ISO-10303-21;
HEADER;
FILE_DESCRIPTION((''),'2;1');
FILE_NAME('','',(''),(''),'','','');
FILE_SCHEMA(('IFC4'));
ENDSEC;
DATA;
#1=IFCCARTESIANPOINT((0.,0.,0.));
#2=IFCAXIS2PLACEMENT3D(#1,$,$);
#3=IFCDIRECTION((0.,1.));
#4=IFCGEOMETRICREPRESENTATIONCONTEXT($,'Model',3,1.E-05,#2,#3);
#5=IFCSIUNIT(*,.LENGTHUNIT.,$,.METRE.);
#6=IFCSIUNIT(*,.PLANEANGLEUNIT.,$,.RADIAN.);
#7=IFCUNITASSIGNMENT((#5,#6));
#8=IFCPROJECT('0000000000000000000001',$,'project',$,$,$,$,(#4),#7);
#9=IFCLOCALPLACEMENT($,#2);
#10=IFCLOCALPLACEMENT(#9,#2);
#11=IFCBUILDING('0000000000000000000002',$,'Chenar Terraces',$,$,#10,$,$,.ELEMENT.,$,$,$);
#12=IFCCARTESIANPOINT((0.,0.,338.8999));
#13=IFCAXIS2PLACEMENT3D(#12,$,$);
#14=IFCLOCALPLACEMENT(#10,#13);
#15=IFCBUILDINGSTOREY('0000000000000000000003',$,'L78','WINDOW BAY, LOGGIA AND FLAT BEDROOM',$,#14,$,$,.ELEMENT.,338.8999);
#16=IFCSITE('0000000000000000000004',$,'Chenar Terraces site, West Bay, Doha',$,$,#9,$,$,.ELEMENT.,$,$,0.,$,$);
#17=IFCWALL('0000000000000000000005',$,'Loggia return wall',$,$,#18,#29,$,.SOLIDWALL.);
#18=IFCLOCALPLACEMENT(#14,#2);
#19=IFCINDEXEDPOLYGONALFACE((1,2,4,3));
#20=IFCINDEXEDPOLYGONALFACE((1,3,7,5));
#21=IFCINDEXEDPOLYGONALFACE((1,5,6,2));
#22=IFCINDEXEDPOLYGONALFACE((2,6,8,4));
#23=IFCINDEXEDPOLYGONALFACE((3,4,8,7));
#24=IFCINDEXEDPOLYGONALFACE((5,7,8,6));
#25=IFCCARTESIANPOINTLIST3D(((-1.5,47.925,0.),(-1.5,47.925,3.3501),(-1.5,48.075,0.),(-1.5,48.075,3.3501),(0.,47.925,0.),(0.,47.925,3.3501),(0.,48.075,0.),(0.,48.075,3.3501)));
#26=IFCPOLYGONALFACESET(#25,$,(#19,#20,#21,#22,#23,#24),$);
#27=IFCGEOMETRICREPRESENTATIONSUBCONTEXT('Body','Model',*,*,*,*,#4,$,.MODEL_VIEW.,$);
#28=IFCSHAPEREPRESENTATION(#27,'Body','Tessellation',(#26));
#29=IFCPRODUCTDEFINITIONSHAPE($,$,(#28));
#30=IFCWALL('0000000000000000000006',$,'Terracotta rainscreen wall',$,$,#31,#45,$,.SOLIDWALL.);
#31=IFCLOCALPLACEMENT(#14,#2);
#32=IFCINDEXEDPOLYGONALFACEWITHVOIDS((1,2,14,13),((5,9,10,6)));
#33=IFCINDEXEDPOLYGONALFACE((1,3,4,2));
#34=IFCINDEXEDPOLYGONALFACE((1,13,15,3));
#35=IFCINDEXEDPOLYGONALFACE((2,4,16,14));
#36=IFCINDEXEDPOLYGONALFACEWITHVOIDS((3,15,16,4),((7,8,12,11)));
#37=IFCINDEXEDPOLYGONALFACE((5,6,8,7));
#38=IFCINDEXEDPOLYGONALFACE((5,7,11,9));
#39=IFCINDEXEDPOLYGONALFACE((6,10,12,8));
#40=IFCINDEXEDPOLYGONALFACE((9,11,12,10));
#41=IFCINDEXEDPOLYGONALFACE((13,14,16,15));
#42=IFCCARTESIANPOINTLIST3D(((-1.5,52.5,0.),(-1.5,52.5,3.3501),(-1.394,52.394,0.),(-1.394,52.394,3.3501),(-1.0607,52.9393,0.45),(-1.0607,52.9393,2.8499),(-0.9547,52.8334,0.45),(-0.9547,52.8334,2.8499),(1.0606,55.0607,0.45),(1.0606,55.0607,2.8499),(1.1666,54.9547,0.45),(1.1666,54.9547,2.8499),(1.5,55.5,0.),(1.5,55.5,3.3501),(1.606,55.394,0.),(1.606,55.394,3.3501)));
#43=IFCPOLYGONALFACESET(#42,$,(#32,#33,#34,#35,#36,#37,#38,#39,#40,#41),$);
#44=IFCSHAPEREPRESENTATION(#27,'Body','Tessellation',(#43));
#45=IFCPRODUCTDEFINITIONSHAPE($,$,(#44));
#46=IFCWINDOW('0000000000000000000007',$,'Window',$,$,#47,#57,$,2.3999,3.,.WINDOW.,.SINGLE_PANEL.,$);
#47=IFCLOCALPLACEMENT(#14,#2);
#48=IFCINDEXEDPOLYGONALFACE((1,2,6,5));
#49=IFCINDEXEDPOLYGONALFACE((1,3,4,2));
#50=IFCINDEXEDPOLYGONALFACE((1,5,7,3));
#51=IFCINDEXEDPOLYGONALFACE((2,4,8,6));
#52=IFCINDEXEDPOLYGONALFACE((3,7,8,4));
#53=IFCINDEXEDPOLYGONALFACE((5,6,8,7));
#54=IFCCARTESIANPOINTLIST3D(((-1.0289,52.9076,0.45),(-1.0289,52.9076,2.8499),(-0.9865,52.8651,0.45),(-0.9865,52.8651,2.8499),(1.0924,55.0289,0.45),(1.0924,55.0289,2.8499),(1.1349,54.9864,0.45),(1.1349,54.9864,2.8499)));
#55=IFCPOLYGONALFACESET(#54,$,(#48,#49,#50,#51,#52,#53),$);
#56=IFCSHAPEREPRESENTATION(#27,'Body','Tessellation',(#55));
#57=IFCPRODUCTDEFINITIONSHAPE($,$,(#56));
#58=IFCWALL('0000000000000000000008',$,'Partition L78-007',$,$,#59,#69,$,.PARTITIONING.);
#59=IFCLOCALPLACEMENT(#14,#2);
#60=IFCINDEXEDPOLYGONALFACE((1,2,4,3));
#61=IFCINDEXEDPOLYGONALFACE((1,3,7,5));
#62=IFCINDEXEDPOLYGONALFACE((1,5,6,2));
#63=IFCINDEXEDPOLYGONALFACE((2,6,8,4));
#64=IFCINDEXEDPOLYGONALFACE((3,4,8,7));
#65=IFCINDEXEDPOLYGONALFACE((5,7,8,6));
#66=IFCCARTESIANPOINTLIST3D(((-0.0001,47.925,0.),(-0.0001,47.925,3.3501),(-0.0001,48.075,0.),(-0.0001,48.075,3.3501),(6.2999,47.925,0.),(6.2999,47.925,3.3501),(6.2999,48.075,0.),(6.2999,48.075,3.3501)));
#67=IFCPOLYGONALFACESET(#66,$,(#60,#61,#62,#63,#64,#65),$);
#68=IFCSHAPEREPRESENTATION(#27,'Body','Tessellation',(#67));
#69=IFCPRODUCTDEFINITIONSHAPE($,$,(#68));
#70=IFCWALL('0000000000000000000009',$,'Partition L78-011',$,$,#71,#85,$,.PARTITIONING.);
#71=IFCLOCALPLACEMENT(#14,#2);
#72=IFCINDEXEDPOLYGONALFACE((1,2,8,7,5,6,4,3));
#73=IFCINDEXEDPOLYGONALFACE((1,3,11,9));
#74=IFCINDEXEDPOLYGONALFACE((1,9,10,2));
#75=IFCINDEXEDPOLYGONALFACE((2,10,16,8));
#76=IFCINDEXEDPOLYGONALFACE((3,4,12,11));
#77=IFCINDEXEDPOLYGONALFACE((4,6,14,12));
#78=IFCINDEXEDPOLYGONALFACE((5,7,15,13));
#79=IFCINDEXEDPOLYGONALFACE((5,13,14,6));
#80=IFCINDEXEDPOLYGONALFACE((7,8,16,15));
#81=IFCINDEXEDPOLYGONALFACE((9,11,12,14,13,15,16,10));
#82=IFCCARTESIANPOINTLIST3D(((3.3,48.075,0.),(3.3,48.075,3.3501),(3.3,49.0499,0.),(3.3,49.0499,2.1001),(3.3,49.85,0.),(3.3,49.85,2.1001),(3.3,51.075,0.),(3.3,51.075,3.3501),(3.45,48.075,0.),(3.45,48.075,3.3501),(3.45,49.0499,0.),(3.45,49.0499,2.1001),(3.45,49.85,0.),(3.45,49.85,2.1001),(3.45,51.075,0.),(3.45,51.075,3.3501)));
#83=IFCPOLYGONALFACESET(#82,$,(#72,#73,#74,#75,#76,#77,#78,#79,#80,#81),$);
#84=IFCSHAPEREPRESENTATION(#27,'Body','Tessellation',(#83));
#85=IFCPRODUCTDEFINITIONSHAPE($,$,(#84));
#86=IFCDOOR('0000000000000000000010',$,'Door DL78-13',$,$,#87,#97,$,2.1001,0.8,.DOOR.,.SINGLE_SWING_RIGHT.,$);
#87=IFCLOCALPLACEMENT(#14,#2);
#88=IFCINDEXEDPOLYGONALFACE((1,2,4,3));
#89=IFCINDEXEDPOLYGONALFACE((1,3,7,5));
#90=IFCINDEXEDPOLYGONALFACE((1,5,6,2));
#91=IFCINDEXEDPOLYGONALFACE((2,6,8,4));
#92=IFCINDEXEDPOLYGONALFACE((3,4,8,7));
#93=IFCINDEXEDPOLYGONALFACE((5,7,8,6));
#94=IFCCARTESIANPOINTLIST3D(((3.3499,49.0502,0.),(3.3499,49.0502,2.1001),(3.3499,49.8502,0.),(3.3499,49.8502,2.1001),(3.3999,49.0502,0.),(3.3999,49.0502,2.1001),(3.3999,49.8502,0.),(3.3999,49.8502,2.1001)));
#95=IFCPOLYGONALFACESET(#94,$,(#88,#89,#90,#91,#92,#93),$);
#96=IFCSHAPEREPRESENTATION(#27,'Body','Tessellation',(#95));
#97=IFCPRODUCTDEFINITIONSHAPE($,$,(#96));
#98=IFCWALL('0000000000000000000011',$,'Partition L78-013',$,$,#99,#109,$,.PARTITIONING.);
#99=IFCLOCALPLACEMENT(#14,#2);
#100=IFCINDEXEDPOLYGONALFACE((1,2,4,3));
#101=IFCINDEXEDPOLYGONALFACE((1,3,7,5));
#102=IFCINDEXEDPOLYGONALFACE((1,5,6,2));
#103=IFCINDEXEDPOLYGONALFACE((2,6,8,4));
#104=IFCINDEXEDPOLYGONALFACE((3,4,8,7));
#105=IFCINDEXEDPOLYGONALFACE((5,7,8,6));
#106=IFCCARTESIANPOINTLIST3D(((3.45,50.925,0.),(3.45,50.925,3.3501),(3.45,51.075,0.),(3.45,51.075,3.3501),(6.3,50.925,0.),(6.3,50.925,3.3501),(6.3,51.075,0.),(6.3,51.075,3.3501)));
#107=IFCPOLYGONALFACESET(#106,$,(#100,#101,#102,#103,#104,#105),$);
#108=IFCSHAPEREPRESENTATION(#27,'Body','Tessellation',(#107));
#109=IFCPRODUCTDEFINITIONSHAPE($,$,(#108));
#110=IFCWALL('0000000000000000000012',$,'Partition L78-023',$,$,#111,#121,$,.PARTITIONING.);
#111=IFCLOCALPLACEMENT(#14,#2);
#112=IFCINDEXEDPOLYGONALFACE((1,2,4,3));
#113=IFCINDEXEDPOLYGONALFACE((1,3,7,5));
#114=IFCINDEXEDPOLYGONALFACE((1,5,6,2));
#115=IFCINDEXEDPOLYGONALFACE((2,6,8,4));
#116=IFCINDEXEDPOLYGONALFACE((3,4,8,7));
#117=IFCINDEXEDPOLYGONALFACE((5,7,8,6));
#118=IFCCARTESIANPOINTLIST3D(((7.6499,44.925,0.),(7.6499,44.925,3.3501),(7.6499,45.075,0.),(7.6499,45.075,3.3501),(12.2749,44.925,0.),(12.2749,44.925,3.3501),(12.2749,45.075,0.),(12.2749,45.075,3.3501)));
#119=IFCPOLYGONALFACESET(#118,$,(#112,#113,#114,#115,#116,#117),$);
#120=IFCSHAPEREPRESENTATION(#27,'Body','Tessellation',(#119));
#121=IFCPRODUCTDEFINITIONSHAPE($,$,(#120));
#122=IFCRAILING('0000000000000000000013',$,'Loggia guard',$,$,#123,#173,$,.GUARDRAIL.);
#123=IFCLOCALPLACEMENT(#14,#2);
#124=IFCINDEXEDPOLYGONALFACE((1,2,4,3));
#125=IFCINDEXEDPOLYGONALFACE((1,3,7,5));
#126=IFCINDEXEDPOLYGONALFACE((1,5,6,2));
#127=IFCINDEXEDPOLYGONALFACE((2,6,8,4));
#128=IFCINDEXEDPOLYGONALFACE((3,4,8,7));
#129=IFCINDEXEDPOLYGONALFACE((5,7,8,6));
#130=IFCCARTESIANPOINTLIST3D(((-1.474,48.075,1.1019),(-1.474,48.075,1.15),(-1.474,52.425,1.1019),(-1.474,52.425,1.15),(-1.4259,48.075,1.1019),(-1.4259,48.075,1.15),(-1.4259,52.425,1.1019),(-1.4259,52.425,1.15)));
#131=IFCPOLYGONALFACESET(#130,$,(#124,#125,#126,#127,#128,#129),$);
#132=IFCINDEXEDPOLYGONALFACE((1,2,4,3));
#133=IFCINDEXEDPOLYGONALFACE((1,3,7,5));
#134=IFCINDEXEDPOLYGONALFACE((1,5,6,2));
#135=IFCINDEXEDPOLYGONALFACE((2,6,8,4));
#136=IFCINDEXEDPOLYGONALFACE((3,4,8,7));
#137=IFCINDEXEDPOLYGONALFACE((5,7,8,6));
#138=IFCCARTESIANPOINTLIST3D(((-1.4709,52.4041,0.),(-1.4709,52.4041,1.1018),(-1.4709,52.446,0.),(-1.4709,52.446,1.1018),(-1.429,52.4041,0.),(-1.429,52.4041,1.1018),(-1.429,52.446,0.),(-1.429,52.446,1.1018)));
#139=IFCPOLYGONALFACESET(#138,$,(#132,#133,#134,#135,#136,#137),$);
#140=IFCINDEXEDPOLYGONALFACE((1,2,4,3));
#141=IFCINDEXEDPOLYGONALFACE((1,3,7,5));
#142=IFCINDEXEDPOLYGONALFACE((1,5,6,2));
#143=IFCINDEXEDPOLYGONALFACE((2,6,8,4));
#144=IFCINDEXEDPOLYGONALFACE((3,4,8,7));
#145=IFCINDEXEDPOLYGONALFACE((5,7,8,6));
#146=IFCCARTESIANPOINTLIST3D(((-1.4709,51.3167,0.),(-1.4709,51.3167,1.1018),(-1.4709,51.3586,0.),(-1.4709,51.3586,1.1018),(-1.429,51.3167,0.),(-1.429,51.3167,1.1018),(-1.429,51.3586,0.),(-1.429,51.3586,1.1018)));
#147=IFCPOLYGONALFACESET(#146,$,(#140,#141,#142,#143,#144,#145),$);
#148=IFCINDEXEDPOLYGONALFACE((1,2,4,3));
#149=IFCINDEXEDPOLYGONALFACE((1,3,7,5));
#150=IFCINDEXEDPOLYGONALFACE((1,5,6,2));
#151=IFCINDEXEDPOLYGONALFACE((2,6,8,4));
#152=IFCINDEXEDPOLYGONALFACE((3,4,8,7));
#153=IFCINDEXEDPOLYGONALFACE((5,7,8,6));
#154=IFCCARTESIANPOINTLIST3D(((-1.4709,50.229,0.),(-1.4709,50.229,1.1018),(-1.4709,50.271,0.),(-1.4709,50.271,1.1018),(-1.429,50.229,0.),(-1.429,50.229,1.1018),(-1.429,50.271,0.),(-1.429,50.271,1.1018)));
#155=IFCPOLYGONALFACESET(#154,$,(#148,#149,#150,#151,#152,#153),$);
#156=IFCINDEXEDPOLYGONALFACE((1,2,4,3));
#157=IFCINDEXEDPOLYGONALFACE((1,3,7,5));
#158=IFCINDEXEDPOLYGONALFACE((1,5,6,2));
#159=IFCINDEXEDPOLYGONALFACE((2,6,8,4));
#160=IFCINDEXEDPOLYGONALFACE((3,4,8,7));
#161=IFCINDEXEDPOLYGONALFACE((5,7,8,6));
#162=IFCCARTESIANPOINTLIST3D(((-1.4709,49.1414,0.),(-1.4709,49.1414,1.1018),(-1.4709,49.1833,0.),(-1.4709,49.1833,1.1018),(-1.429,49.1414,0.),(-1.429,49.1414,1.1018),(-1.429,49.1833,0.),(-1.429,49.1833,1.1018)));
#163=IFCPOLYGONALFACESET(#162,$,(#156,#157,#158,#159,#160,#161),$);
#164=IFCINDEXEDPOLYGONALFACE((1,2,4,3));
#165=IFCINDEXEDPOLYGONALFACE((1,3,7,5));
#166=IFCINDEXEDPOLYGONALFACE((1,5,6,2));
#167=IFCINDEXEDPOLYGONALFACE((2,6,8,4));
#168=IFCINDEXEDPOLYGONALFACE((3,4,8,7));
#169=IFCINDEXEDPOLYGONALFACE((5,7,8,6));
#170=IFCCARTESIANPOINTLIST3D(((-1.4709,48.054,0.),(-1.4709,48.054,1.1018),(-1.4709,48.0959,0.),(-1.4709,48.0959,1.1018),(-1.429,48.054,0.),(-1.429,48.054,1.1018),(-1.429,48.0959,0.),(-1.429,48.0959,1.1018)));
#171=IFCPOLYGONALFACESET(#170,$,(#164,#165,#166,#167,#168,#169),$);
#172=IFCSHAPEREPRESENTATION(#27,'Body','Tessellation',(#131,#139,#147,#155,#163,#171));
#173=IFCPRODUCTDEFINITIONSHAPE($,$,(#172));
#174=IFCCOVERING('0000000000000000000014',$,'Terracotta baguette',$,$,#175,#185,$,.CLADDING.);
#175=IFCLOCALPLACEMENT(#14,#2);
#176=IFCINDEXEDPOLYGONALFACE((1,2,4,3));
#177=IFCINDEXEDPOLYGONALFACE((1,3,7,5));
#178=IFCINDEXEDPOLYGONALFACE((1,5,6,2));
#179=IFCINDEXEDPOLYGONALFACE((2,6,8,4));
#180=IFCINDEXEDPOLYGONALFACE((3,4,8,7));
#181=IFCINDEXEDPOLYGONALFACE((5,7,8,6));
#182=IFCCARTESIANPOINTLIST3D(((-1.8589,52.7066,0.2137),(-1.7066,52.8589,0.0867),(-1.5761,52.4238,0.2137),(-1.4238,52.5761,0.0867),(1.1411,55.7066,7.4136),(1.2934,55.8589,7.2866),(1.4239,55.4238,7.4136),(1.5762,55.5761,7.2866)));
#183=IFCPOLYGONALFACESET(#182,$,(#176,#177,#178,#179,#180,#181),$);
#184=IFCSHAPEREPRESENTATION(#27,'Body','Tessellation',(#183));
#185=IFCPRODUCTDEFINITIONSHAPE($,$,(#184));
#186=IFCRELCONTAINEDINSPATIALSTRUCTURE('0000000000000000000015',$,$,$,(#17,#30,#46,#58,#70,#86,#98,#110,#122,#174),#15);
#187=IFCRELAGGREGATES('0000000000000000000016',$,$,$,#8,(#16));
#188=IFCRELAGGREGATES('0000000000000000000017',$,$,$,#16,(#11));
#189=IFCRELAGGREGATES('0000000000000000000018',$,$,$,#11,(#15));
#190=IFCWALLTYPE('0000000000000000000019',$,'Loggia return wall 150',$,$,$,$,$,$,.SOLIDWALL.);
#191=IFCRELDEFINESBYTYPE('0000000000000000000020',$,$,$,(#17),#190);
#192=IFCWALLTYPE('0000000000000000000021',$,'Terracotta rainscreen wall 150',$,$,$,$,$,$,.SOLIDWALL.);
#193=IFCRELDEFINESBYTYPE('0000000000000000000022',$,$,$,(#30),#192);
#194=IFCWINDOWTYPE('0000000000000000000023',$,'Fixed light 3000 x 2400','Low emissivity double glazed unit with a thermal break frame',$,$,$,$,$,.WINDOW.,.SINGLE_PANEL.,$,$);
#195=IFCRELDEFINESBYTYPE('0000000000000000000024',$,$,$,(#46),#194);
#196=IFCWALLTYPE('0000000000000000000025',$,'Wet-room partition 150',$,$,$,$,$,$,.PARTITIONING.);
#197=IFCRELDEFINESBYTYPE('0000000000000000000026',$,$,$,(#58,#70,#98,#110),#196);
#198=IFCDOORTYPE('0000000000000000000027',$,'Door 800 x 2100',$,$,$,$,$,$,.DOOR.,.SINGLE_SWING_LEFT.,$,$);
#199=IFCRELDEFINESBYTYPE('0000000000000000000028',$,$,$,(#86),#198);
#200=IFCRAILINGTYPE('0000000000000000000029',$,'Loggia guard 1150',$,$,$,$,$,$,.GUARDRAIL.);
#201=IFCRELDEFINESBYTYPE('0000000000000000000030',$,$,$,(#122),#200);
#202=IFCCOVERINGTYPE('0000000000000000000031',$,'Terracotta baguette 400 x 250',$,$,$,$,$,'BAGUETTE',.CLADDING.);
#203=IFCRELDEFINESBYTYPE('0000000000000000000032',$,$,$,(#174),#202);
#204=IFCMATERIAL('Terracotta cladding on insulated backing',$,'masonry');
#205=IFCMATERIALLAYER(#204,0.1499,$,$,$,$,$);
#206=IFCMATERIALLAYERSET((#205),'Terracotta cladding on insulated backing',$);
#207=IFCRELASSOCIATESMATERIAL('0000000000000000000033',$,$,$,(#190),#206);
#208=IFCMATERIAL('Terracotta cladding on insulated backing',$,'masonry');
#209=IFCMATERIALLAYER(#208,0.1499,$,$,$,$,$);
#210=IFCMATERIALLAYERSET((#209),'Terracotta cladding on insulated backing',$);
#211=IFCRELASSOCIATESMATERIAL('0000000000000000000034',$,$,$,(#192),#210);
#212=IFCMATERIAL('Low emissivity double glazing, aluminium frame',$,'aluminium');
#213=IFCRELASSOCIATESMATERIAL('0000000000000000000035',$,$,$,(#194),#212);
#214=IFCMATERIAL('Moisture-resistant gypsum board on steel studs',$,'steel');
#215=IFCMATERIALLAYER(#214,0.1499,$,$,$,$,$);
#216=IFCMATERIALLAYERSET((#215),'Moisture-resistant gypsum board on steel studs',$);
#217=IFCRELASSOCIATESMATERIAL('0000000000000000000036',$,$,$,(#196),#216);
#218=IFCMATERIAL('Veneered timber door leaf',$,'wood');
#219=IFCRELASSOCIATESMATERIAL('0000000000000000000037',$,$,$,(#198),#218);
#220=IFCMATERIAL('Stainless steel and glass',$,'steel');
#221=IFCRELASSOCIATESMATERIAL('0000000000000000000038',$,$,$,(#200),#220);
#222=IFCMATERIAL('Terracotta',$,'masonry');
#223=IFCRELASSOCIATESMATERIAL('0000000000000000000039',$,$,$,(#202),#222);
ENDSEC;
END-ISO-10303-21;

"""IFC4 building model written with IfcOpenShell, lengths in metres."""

from ifc_helpers import new_model, si_unit, direction, frame, frame_2d, origin, origin_2d, place, context, subcontext, project, spatial, rectangle, extrude, material, layer, layer_set, material_profile, profile_set, type_object, element, fill, save


model = new_model("IFC4")

# Units and contexts
model_context = context("Model", 3, precision=1e-05, world=origin(), true_north=direction((0.0, 1.0)))
body_context = subcontext(model_context, "Body", "Model", "MODEL_VIEW")
ifc_project = project(units=[si_unit("LENGTHUNIT", "METRE"), si_unit("PLANEANGLEUNIT", "RADIAN")], contexts=[model_context])

# Site, building, storey
site_placement = place(None, origin())
site = spatial("IfcSite", under=ifc_project, at=site_placement, Name="Chenar Terraces site, West Bay, Doha", CompositionType="ELEMENT", RefElevation=0.0)
building_placement = place(site_placement, origin())
building = spatial("IfcBuilding", under=site, at=building_placement, Name="Chenar Terraces", CompositionType="ELEMENT")
storey_placement = place(building_placement, frame((0.0, 0.0, 338.8999)))
storey = spatial("IfcBuildingStorey", under=building, at=storey_placement, Name="L78", Description="WINDOW BAY, LOGGIA AND FLAT BEDROOM", CompositionType="ELEMENT", Elevation=338.8999)

# Wall
ifc_material_1 = material(Name="Terracotta cladding on insulated backing", Category="masonry")
ifc_layer_1 = layer(ifc_material_1, 0.1499)
ifc_layer_set_1 = layer_set([ifc_layer_1], Name="Terracotta cladding on insulated backing")
wall_type_1 = type_object("IfcWallType", Name="Loggia return wall 150", PredefinedType="SOLIDWALL", material=ifc_layer_set_1)
for number, where, z_axis, x_axis, name in (
    (1, (-1.5, 48.0, 0.0), (0.0, 0.0, 1.0), (1.0, 0.0, 0.0), "Loggia return wall"),
):
    element("IfcWall", number, at=place(storey_placement, frame(where, z_axis=z_axis, x_axis=x_axis)), inside=storey, type_object=wall_type_1, Name=name, PredefinedType="SOLIDWALL", context=body_context, shape_type="SweptSolid", body=[
        extrude(rectangle(XDim=1.5, YDim=0.1499, at=frame_2d((0.75, 0.0))), origin(), (0.0, 0.0, 1.0), 3.3501),
    ])

# Wall, opening, window
ifc_material_2 = material(Name="Terracotta cladding on insulated backing", Category="masonry")
ifc_layer_2 = layer(ifc_material_2, 0.1499)
ifc_layer_set_2 = layer_set([ifc_layer_2], Name="Terracotta cladding on insulated backing")
wall_type_2 = type_object("IfcWallType", Name="Terracotta rainscreen wall 150", PredefinedType="SOLIDWALL", material=ifc_layer_set_2)
wall_1_placement = place(storey_placement, frame((1.553, 55.447, 0.0), z_axis=(0.0, 0.0, 1.0), x_axis=(-0.707107, -0.707107, 0.0)))
wall_1 = element("IfcWall", 2, at=wall_1_placement, inside=storey, type_object=wall_type_2, Name="Terracotta rainscreen wall", PredefinedType="SOLIDWALL", context=body_context, shape_type="SweptSolid", body=[
    extrude(rectangle(XDim=4.2427, YDim=0.1499, at=frame_2d((2.1213, 0.0))), origin(), (0.0, 0.0, 1.0), 3.3501),
])
opening_1_placement = place(wall_1_placement, frame((0.6213, 0.0, 0.45)))
opening_1 = element("IfcOpeningElement", 3, at=opening_1_placement, cuts=wall_1, PredefinedType="OPENING", context=body_context, shape_type="SweptSolid", body=[
    extrude(rectangle(XDim=3.0, YDim=2.3999, at=frame_2d((1.5, 1.2))), frame((0.0, 0.085, 0.0), z_axis=(0.0, -1.0, 0.0), x_axis=(1.0, 0.0, 0.0)), (0.0, 0.0, 1.0), 0.1699),
])
ifc_material_3 = material(Name="Low emissivity double glazing, aluminium frame", Category="aluminium")
window_type_1 = type_object("IfcWindowType", Name="Fixed light 3000 x 2400", Description="Low emissivity double glazed unit with a thermal break frame", PartitioningType="SINGLE_PANEL", PredefinedType="WINDOW", material=ifc_material_3)
window_1_placement = place(opening_1_placement, origin())
window_1 = element("IfcWindow", 4, at=window_1_placement, inside=storey, type_object=window_type_1, Name="Window", OverallHeight=2.3999, OverallWidth=3.0, PartitioningType="SINGLE_PANEL", PredefinedType="WINDOW", context=body_context, shape_type="SweptSolid", body=[
    extrude(rectangle(XDim=3.0, YDim=2.3999, at=frame_2d((1.5, 1.2))), frame((0.0, 0.03, 0.0), z_axis=(0.0, -1.0, 0.0), x_axis=(1.0, 0.0, 0.0)), (0.0, 0.0, 1.0), 0.0601),
])
fill(opening_1, window_1)

# Wall
ifc_material_4 = material(Name="Moisture-resistant gypsum board on steel studs", Category="steel")
ifc_layer_3 = layer(ifc_material_4, 0.1499)
ifc_layer_set_3 = layer_set([ifc_layer_3], Name="Moisture-resistant gypsum board on steel studs")
wall_type_3 = type_object("IfcWallType", Name="Wet-room partition 150", PredefinedType="PARTITIONING", material=ifc_layer_set_3)
wall_2_placement = place(storey_placement, frame((0.0, 48.0, 0.0), z_axis=(0.0, 0.0, 1.0), x_axis=(1.0, 0.0, 0.0)))
element("IfcWall", 5, at=wall_2_placement, inside=storey, type_object=wall_type_3, Name="Partition L78-007", PredefinedType="PARTITIONING", context=body_context, shape_type="SweptSolid", body=[
    extrude(rectangle(XDim=6.3, YDim=0.1499, at=frame_2d((3.1499, 0.0))), origin(), (0.0, 0.0, 1.0), 3.3501),
])

# Wall, opening, door
wall_3_placement = place(storey_placement, frame((3.375, 48.075, 0.0), z_axis=(0.0, 0.0, 1.0), x_axis=(0.0, 1.0, 0.0)))
wall_3 = element("IfcWall", 6, at=wall_3_placement, inside=storey, type_object=wall_type_3, Name="Partition L78-011", PredefinedType="PARTITIONING", context=body_context, shape_type="SweptSolid", body=[
    extrude(rectangle(XDim=3.0, YDim=0.1499, at=frame_2d((1.5, 0.0))), origin(), (0.0, 0.0, 1.0), 3.3501),
])
opening_2_placement = place(wall_3_placement, frame((0.9751, 0.0, 0.0)))
opening_2 = element("IfcOpeningElement", 7, at=opening_2_placement, cuts=wall_3, PredefinedType="OPENING", context=body_context, shape_type="SweptSolid", body=[
    extrude(rectangle(XDim=0.8, YDim=2.1001, at=frame_2d((0.3999, 1.05))), frame((0.0, 0.085, 0.0), z_axis=(0.0, -1.0, 0.0), x_axis=(1.0, 0.0, 0.0)), (0.0, 0.0, 1.0), 0.1699),
])
ifc_material_5 = material(Name="Veneered timber door leaf", Category="wood")
door_type_1 = type_object("IfcDoorType", Name="Door 800 x 2100", OperationType="SINGLE_SWING_LEFT", PredefinedType="DOOR", material=ifc_material_5)
door_1_placement = place(opening_2_placement, frame((0.8, 0.0, 0.0), z_axis=(0.0, 0.0, 1.0), x_axis=(-1.0, 0.0, 0.0)))
door_1 = element("IfcDoor", 8, at=door_1_placement, inside=storey, type_object=door_type_1, Name="Door DL78-13", OperationType="SINGLE_SWING_RIGHT", OverallHeight=2.1001, OverallWidth=0.8, PredefinedType="DOOR", context=body_context, shape_type="SweptSolid", body=[
    extrude(rectangle(XDim=0.8, YDim=2.1001, at=frame_2d((0.3999, 1.05))), frame((0.0, 0.0249, 0.0), z_axis=(0.0, -1.0, 0.0), x_axis=(1.0, 0.0, 0.0)), (0.0, 0.0, 1.0), 0.05),
])
fill(opening_2, door_1)

# Walls
wall_4_placement = place(storey_placement, frame((3.45, 51.0, 0.0), z_axis=(0.0, 0.0, 1.0), x_axis=(1.0, 0.0, 0.0)))
element("IfcWall", 9, at=wall_4_placement, inside=storey, type_object=wall_type_3, Name="Partition L78-013", PredefinedType="PARTITIONING", context=body_context, shape_type="SweptSolid", body=[
    extrude(rectangle(XDim=2.8501, YDim=0.1499, at=frame_2d((1.425, 0.0))), origin(), (0.0, 0.0, 1.0), 3.3501),
])
wall_5_placement = place(storey_placement, frame((7.6499, 45.0, 0.0), z_axis=(0.0, 0.0, 1.0), x_axis=(1.0, 0.0, 0.0)))
element("IfcWall", 10, at=wall_5_placement, inside=storey, type_object=wall_type_3, Name="Partition L78-023", PredefinedType="PARTITIONING", context=body_context, shape_type="SweptSolid", body=[
    extrude(rectangle(XDim=4.625, YDim=0.1499, at=frame_2d((2.3125, 0.0))), origin(), (0.0, 0.0, 1.0), 3.3501),
])

# Railing
ifc_material_6 = material(Name="Stainless steel and glass", Category="steel")
railing_type = type_object("IfcRailingType", Name="Loggia guard 1150", PredefinedType="GUARDRAIL", material=ifc_material_6)
railing_placement = place(storey_placement, frame((-1.45, 52.425, 0.0)))
element("IfcRailing", 11, at=railing_placement, inside=storey, type_object=railing_type, Name="Loggia guard", PredefinedType="GUARDRAIL", context=body_context, shape_type="SweptSolid", body=[
    extrude(rectangle(XDim=0.0481, YDim=0.0481, at=origin_2d()), frame((0.0, 0.0, 1.126), z_axis=(0.0, -1.0, 0.0), x_axis=(1.0, 0.0, 0.0)), (0.0, 0.0, 1.0), 4.3501),
    extrude(rectangle(XDim=0.042, YDim=0.042, at=origin_2d()), origin(), (0.0, 0.0, 1.0), 1.1018),
    extrude(rectangle(XDim=0.042, YDim=0.042, at=origin_2d()), frame((0.0, -1.0874, 0.0)), (0.0, 0.0, 1.0), 1.1018),
    extrude(rectangle(XDim=0.042, YDim=0.042, at=origin_2d()), frame((0.0, -2.175, 0.0)), (0.0, 0.0, 1.0), 1.1018),
    extrude(rectangle(XDim=0.042, YDim=0.042, at=origin_2d()), frame((0.0, -3.2627, 0.0)), (0.0, 0.0, 1.0), 1.1018),
    extrude(rectangle(XDim=0.042, YDim=0.042, at=origin_2d()), frame((0.0, -4.3501, 0.0)), (0.0, 0.0, 1.0), 1.1018),
])

# Covering
ifc_material_7 = material(Name="Terracotta", Category="masonry")
ifc_material_profile_1 = material_profile(ifc_material_7, rectangle(XDim=0.3999, YDim=0.25, at=origin_2d()), Name="Terracotta baguette 400 x 250")
ifc_profile_set_1 = profile_set([ifc_material_profile_1], Name="Terracotta")
covering_type = type_object("IfcCoveringType", Name="Terracotta baguette 400 x 250", ElementType="BAGUETTE", PredefinedType="CLADDING", material=ifc_profile_set_1)
covering_1_placement = place(storey_placement, frame((1.3586, 55.6414, 7.3501), z_axis=(-0.358981, -0.358981, -0.861548), x_axis=(0.707107, -0.707107, 0.0)))
element("IfcCovering", 12, at=covering_1_placement, inside=storey, type_object=covering_type, Name="Terracotta baguette", PredefinedType="CLADDING", context=body_context, shape_type="SweptSolid", body=[
    extrude(rectangle(XDim=0.3999, YDim=0.25, at=origin_2d()), origin(), (0.0, 0.0, 1.0), 8.3569),
])

save(model, "model.ifc")
